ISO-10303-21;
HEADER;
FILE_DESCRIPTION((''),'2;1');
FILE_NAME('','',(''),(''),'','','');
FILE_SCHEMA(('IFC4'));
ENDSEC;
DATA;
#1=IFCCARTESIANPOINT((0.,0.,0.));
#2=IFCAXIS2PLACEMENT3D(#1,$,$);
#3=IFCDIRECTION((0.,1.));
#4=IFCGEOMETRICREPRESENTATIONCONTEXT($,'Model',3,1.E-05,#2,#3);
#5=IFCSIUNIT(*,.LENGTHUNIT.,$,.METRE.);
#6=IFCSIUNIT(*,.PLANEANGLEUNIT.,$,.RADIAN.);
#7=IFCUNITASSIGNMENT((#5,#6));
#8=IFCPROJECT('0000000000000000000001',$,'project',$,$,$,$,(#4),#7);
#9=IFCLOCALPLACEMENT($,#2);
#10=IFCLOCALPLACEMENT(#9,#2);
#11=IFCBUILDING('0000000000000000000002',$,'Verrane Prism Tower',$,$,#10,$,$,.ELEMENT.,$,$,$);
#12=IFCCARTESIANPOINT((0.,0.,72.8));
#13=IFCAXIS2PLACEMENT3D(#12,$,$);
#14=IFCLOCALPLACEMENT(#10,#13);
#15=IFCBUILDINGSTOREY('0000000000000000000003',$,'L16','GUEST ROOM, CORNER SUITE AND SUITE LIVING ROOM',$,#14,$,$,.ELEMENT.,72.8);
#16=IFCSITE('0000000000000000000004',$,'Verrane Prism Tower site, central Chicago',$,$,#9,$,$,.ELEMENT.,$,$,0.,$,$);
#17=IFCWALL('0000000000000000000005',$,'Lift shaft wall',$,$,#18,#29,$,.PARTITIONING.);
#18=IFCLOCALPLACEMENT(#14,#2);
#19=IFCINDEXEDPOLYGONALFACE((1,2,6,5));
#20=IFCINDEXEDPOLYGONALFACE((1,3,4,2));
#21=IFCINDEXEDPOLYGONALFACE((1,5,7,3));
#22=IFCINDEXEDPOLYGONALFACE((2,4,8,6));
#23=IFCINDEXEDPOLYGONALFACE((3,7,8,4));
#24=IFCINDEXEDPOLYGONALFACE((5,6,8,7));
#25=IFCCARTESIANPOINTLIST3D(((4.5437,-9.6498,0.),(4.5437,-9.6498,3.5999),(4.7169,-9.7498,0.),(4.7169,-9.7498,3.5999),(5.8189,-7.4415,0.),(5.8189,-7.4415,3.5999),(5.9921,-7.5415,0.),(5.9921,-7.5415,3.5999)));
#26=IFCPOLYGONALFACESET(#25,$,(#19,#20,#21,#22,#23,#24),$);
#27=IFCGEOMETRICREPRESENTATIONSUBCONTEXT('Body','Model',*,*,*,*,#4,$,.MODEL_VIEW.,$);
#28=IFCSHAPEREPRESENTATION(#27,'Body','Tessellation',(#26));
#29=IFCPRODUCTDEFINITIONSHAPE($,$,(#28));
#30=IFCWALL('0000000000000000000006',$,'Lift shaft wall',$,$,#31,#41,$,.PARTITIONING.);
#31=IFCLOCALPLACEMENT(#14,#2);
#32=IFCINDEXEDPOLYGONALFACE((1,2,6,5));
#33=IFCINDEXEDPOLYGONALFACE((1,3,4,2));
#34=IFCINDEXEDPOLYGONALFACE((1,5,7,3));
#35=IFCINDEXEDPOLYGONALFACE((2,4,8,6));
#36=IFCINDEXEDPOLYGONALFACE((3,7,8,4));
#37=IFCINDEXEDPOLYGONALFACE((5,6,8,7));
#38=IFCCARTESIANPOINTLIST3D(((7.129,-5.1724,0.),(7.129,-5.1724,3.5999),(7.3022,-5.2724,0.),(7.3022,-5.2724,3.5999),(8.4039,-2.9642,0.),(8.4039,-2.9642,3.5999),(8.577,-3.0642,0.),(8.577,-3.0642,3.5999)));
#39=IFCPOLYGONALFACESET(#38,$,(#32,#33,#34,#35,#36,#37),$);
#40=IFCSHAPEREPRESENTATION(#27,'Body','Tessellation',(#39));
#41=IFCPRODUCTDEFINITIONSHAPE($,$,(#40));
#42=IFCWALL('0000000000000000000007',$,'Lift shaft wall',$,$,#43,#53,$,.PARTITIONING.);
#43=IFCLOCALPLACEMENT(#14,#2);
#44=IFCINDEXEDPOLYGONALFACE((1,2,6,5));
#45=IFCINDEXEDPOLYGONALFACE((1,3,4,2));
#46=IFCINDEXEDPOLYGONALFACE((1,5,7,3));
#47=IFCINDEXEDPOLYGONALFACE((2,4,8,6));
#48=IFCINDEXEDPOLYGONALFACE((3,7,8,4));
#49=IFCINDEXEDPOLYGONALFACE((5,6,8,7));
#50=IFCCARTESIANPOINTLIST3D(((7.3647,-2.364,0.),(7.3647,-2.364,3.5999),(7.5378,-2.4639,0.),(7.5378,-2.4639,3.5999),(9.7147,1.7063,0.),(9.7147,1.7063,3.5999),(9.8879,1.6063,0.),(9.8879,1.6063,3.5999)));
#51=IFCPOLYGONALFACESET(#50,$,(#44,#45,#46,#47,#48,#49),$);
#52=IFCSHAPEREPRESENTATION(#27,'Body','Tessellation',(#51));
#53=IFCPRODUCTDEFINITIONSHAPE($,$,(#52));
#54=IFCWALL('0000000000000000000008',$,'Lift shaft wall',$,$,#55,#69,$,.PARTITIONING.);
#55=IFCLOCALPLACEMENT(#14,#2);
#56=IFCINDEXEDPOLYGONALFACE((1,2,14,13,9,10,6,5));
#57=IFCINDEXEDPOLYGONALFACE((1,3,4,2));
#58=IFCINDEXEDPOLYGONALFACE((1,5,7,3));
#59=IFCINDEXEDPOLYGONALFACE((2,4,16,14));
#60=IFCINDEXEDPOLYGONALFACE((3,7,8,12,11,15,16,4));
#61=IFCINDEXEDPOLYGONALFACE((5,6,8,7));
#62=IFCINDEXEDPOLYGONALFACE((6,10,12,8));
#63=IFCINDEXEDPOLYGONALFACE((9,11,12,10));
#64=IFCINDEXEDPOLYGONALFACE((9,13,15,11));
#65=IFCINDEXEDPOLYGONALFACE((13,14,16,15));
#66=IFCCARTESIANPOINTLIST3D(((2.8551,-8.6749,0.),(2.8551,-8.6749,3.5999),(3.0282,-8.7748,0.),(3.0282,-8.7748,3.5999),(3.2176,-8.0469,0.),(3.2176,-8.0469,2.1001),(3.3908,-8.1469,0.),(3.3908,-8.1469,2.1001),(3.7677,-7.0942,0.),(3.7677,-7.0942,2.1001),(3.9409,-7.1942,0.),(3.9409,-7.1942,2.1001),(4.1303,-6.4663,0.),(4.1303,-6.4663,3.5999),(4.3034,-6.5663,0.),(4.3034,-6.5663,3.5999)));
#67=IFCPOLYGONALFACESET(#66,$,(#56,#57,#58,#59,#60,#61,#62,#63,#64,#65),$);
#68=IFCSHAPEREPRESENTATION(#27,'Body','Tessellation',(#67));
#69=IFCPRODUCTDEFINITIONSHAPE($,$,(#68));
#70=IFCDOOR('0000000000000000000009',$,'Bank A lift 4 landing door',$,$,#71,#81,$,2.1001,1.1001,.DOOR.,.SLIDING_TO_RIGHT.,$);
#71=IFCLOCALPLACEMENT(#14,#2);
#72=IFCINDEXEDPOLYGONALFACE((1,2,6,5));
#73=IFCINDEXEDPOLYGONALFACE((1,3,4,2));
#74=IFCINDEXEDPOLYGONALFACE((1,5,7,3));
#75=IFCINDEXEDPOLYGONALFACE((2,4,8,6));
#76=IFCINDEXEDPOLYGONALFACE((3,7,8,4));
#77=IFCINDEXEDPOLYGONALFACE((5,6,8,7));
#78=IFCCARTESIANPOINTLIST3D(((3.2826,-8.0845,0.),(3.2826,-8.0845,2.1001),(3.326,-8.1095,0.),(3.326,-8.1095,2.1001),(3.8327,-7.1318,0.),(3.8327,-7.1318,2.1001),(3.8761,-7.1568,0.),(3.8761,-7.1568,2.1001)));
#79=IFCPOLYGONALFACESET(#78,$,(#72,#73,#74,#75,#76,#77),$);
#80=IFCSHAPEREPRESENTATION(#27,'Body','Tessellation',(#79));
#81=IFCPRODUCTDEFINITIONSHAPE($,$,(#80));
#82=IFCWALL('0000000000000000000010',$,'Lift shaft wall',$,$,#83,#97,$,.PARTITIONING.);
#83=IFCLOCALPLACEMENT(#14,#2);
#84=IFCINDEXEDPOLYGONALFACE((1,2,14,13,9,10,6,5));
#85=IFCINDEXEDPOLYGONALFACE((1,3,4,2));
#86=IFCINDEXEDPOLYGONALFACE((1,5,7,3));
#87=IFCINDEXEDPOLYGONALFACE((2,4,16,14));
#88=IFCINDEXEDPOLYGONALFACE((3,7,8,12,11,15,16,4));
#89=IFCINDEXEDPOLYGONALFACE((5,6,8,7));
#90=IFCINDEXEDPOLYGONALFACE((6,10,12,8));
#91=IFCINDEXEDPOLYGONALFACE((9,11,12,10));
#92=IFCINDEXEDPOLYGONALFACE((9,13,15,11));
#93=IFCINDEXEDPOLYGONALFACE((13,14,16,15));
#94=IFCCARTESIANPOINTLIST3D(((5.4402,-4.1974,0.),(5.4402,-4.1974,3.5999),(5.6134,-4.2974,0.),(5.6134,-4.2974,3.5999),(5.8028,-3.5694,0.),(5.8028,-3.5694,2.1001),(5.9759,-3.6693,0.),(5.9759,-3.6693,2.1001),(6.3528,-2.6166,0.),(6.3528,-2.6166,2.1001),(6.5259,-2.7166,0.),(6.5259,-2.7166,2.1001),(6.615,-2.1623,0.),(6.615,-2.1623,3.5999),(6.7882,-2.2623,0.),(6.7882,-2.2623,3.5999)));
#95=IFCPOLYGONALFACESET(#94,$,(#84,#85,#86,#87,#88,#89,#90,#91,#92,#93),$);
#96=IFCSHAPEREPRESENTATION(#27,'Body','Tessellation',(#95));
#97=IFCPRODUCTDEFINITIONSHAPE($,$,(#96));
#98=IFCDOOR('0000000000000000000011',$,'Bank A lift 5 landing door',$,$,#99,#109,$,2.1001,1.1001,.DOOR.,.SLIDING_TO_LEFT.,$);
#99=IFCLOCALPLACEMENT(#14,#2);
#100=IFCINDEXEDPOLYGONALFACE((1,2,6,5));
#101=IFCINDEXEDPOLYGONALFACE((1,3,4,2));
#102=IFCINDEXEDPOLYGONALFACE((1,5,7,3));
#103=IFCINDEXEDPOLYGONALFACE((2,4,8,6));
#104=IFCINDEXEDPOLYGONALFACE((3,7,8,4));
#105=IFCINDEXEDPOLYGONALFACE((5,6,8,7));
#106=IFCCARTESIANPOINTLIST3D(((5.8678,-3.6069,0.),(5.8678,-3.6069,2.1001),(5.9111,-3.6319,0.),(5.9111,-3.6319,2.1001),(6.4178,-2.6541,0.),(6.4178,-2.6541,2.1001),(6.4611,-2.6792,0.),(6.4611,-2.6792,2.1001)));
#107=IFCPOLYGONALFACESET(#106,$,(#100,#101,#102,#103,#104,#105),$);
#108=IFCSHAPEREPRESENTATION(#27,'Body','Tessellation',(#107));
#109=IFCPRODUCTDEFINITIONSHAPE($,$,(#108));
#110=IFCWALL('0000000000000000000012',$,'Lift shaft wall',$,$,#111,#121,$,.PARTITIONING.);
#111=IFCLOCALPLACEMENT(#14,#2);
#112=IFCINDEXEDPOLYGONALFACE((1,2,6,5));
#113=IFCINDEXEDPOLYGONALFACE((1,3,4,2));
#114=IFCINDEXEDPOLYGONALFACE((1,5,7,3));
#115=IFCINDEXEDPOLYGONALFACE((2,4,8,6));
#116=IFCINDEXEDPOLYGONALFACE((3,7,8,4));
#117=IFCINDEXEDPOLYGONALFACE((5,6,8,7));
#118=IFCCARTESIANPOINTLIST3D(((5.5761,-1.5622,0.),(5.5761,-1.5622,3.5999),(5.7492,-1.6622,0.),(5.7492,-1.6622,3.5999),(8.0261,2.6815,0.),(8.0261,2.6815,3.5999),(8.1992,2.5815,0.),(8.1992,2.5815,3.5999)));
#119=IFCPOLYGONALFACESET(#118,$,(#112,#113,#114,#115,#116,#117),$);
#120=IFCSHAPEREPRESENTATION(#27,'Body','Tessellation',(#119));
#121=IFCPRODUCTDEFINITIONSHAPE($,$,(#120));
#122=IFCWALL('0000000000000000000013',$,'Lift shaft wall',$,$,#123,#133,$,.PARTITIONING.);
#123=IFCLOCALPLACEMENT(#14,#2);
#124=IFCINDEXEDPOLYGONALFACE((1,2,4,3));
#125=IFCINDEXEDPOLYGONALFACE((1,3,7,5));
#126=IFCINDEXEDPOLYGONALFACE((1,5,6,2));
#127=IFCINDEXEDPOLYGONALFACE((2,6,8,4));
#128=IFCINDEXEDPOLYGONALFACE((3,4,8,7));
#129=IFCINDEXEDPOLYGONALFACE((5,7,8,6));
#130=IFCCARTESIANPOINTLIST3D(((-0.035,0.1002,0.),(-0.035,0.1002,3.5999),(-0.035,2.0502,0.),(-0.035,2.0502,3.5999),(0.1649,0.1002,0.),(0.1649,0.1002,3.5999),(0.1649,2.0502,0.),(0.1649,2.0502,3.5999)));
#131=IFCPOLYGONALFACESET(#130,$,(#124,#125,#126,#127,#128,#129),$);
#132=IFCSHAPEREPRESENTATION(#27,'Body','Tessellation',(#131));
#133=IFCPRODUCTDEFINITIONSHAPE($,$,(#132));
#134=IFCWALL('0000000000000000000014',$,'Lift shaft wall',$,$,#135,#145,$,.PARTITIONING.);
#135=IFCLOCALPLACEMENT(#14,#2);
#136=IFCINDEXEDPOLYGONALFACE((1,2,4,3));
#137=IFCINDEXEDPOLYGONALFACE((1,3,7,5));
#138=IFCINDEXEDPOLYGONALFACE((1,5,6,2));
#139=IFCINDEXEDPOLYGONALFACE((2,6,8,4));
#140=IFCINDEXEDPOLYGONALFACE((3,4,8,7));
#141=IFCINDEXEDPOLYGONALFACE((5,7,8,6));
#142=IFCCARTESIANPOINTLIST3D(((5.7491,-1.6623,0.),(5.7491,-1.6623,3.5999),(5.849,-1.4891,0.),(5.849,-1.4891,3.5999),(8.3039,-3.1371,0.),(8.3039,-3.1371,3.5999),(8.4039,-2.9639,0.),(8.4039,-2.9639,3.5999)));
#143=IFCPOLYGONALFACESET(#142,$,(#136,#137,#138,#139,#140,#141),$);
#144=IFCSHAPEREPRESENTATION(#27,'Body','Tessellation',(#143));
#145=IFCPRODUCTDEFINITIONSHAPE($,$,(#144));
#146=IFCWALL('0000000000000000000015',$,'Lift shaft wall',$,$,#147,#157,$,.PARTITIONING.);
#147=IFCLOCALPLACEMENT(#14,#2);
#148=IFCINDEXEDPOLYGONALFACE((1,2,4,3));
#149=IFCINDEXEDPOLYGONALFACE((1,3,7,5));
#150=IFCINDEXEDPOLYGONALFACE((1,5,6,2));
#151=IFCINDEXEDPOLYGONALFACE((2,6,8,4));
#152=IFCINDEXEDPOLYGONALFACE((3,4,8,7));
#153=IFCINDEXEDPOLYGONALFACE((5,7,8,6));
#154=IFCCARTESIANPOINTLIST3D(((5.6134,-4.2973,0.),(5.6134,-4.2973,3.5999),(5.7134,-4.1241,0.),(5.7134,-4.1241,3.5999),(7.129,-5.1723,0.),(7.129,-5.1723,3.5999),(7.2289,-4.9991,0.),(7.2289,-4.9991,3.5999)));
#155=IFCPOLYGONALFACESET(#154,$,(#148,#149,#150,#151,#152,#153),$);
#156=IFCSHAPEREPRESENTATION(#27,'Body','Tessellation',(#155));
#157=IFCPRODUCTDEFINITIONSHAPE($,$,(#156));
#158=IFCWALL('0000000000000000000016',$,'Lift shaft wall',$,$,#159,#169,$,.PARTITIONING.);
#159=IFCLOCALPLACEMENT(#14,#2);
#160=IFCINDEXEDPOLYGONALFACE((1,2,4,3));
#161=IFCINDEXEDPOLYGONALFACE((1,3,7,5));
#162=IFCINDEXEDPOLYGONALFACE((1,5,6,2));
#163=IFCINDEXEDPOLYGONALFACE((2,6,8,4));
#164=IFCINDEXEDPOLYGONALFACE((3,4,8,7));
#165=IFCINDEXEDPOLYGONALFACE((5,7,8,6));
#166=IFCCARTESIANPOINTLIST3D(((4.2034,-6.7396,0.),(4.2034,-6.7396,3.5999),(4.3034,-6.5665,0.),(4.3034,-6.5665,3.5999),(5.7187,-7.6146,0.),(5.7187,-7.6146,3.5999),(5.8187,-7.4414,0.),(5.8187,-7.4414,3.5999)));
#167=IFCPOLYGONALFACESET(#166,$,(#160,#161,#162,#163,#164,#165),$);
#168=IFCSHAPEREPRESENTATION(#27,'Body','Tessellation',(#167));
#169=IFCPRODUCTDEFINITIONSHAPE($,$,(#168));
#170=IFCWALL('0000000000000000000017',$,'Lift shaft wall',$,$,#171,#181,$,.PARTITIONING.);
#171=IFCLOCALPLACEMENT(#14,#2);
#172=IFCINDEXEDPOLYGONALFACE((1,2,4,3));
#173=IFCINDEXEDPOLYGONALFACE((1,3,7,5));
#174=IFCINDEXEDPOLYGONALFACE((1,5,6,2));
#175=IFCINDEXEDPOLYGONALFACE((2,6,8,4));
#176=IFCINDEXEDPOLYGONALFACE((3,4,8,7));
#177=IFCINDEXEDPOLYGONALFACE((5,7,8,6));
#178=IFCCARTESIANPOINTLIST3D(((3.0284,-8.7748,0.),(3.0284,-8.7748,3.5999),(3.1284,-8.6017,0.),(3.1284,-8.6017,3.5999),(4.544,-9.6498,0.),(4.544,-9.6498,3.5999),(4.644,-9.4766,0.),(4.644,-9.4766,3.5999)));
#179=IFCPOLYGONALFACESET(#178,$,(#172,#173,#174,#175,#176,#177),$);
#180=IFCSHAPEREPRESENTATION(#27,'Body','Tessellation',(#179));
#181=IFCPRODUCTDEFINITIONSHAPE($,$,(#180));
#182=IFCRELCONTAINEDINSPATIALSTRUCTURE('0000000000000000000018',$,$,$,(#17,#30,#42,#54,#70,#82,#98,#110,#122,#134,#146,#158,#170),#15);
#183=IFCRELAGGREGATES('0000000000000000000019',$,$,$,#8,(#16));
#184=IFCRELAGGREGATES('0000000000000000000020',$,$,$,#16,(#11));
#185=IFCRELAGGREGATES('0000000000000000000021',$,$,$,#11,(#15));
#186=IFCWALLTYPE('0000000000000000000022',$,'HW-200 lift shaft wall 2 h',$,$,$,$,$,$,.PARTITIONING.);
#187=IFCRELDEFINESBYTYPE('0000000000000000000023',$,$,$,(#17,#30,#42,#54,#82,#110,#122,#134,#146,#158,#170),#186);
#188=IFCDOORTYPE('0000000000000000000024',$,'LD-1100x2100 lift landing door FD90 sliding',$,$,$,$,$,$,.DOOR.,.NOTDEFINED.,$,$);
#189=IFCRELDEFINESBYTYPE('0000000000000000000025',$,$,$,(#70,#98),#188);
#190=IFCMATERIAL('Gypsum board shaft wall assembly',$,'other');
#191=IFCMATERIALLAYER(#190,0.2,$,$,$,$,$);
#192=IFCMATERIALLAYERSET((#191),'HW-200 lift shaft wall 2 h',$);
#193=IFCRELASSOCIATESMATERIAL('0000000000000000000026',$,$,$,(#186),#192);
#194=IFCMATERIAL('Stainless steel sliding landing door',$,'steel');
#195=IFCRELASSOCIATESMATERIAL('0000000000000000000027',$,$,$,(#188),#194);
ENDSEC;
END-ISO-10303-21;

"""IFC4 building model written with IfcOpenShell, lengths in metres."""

from ifc_helpers import new_model, si_unit, direction, frame, frame_2d, origin, place, context, subcontext, project, spatial, rectangle, extrude, material, layer, layer_set, type_object, element, fill, save


model = new_model("IFC4")

# Units and contexts
model_context = context("Model", 3, precision=1e-05, world=origin(), true_north=direction((0.0, 1.0)))
body_context = subcontext(model_context, "Body", "Model", "MODEL_VIEW")
ifc_project = project(units=[si_unit("LENGTHUNIT", "METRE"), si_unit("PLANEANGLEUNIT", "RADIAN")], contexts=[model_context])

# Site, building, storey
site_placement = place(None, origin())
site = spatial("IfcSite", under=ifc_project, at=site_placement, Name="Verrane Prism Tower site, central Chicago", CompositionType="ELEMENT", RefElevation=0.0)
building_placement = place(site_placement, origin())
building = spatial("IfcBuilding", under=site, at=building_placement, Name="Verrane Prism Tower", CompositionType="ELEMENT")
storey_placement = place(building_placement, frame((0.0, 0.0, 72.8)))
storey = spatial("IfcBuildingStorey", under=building, at=storey_placement, Name="L16", Description="GUEST ROOM, CORNER SUITE AND SUITE LIVING ROOM", CompositionType="ELEMENT", Elevation=72.8)

# Walls
ifc_material_1 = material(Name="Gypsum board shaft wall assembly", Category="other")
ifc_layer_1 = layer(ifc_material_1, 0.2)
ifc_layer_set_1 = layer_set([ifc_layer_1], Name="HW-200 lift shaft wall 2 h")
wall_type_1 = type_object("IfcWallType", Name="HW-200 lift shaft wall 2 h", PredefinedType="PARTITIONING", material=ifc_layer_set_1)
wall_1_placement = place(storey_placement, frame((4.6304, -9.6997, 0.0), z_axis=(0.0, 0.0, 1.0), x_axis=(0.500062, 0.865989, 0.0)))
element("IfcWall", 1, at=wall_1_placement, inside=storey, type_object=wall_type_1, Name="Lift shaft wall", PredefinedType="PARTITIONING", context=body_context, shape_type="SweptSolid", body=[
    extrude(rectangle(XDim=2.55, YDim=0.2, at=frame_2d((1.2749, 0.0))), origin(), (0.0, 0.0, 1.0), 3.5999),
])
wall_2_placement = place(storey_placement, frame((7.2156, -5.2224, 0.0), z_axis=(0.0, 0.0, 1.0), x_axis=(0.49999, 0.866031, 0.0)))
element("IfcWall", 2, at=wall_2_placement, inside=storey, type_object=wall_type_1, Name="Lift shaft wall", PredefinedType="PARTITIONING", context=body_context, shape_type="SweptSolid", body=[
    extrude(rectangle(XDim=2.5498, YDim=0.2, at=frame_2d((1.2749, 0.0))), origin(), (0.0, 0.0, 1.0), 3.5999),
])
wall_3_placement = place(storey_placement, frame((7.4512, -2.4141, 0.0), z_axis=(0.0, 0.0, 1.0), x_axis=(0.500016, 0.866016, 0.0)))
element("IfcWall", 3, at=wall_3_placement, inside=storey, type_object=wall_type_1, Name="Lift shaft wall", PredefinedType="PARTITIONING", context=body_context, shape_type="SweptSolid", body=[
    extrude(rectangle(XDim=4.7, YDim=0.2, at=frame_2d((2.3501, 0.0))), origin(), (0.0, 0.0, 1.0), 3.5999),
])

# Walls, openings, doors
wall_4_placement = place(storey_placement, frame((2.9417, -8.7249, 0.0), z_axis=(0.0, 0.0, 1.0), x_axis=(0.500021, 0.866013, 0.0)))
wall_4 = element("IfcWall", 4, at=wall_4_placement, inside=storey, type_object=wall_type_1, Name="Lift shaft wall", PredefinedType="PARTITIONING", context=body_context, shape_type="SweptSolid", body=[
    extrude(rectangle(XDim=2.5503, YDim=0.2, at=frame_2d((1.2751, 0.0))), origin(), (0.0, 0.0, 1.0), 3.5999),
])
opening_1_placement = place(wall_4_placement, frame((0.7251, 0.0, 0.0)))
opening_1 = element("IfcOpeningElement", 5, at=opening_1_placement, cuts=wall_4, PredefinedType="OPENING", context=body_context, shape_type="SweptSolid", body=[
    extrude(rectangle(XDim=1.1001, YDim=2.1001, at=frame_2d((0.55, 1.05))), frame((0.0, 0.1099, 0.0), z_axis=(0.0, -1.0, 0.0), x_axis=(1.0, 0.0, 0.0)), (0.0, 0.0, 1.0), 0.22),
])
ifc_material_2 = material(Name="Stainless steel sliding landing door", Category="steel")
door_type_1 = type_object("IfcDoorType", Name="LD-1100x2100 lift landing door FD90 sliding", OperationType="NOTDEFINED", PredefinedType="DOOR", material=ifc_material_2)
door_1_placement = place(opening_1_placement, origin())
door_1 = element("IfcDoor", 6, at=door_1_placement, inside=storey, type_object=door_type_1, Name="Bank A lift 4 landing door", OperationType="SLIDING_TO_RIGHT", OverallHeight=2.1001, OverallWidth=1.1001, PredefinedType="DOOR", context=body_context, shape_type="SweptSolid", body=[
    extrude(rectangle(XDim=1.1001, YDim=2.1001, at=frame_2d((0.55, 1.05))), frame((0.0, 0.0249, 0.0), z_axis=(0.0, -1.0, 0.0), x_axis=(1.0, 0.0, 0.0)), (0.0, 0.0, 1.0), 0.05),
])
fill(opening_1, door_1)
wall_5_placement = place(storey_placement, frame((5.5269, -4.2473, 0.0), z_axis=(0.0, 0.0, 1.0), x_axis=(0.499938, 0.866061, 0.0)))
wall_5 = element("IfcWall", 7, at=wall_5_placement, inside=storey, type_object=wall_type_1, Name="Lift shaft wall", PredefinedType="PARTITIONING", context=body_context, shape_type="SweptSolid", body=[
    extrude(rectangle(XDim=2.3499, YDim=0.2, at=frame_2d((1.1748, 0.0))), origin(), (0.0, 0.0, 1.0), 3.5999),
])
opening_2_placement = place(wall_5_placement, frame((0.7251, 0.0, 0.0)))
opening_2 = element("IfcOpeningElement", 8, at=opening_2_placement, cuts=wall_5, PredefinedType="OPENING", context=body_context, shape_type="SweptSolid", body=[
    extrude(rectangle(XDim=1.1001, YDim=2.1001, at=frame_2d((0.55, 1.05))), frame((0.0, 0.1099, 0.0), z_axis=(0.0, -1.0, 0.0), x_axis=(1.0, 0.0, 0.0)), (0.0, 0.0, 1.0), 0.22),
])
door_2_placement = place(opening_2_placement, origin())
door_2 = element("IfcDoor", 9, at=door_2_placement, inside=storey, type_object=door_type_1, Name="Bank A lift 5 landing door", OperationType="SLIDING_TO_LEFT", OverallHeight=2.1001, OverallWidth=1.1001, PredefinedType="DOOR", context=body_context, shape_type="SweptSolid", body=[
    extrude(rectangle(XDim=1.1001, YDim=2.1001, at=frame_2d((0.55, 1.05))), frame((0.0, 0.0249, 0.0), z_axis=(0.0, -1.0, 0.0), x_axis=(1.0, 0.0, 0.0)), (0.0, 0.0, 1.0), 0.05),
])
fill(opening_2, door_2)

# Walls
wall_6_placement = place(storey_placement, frame((5.6626, -1.6123, 0.0), z_axis=(0.0, 0.0, 1.0), x_axis=(0.499981, 0.866036, 0.0)))
element("IfcWall", 10, at=wall_6_placement, inside=storey, type_object=wall_type_1, Name="Lift shaft wall", PredefinedType="PARTITIONING", context=body_context, shape_type="SweptSolid", body=[
    extrude(rectangle(XDim=4.9001, YDim=0.2, at=frame_2d((2.4502, 0.0))), origin(), (0.0, 0.0, 1.0), 3.5999),
])
wall_7_placement = place(storey_placement, frame((0.0649, 0.1001, 0.0), z_axis=(0.0, 0.0, 1.0), x_axis=(0.0, 1.0, 0.0)))
element("IfcWall", 11, at=wall_7_placement, inside=storey, type_object=wall_type_1, Name="Lift shaft wall", PredefinedType="PARTITIONING", context=body_context, shape_type="SweptSolid", body=[
    extrude(rectangle(XDim=1.95, YDim=0.2, at=frame_2d((0.9751, 0.0))), origin(), (0.0, 0.0, 1.0), 3.5999),
])
wall_8_placement = place(storey_placement, frame((8.354, -3.0505, 0.0), z_axis=(0.0, 0.0, 1.0), x_axis=(-0.86606, 0.49994, 0.0)))
element("IfcWall", 12, at=wall_8_placement, inside=storey, type_object=wall_type_1, Name="Lift shaft wall", PredefinedType="PARTITIONING", context=body_context, shape_type="SweptSolid", body=[
    extrude(rectangle(XDim=2.95, YDim=0.2, at=frame_2d((1.4751, 0.0))), origin(), (0.0, 0.0, 1.0), 3.5999),
])
wall_9_placement = place(storey_placement, frame((7.179, -5.0857, 0.0), z_axis=(0.0, 0.0, 1.0), x_axis=(-0.866037, 0.49998, 0.0)))
element("IfcWall", 13, at=wall_9_placement, inside=storey, type_object=wall_type_1, Name="Lift shaft wall", PredefinedType="PARTITIONING", context=body_context, shape_type="SweptSolid", body=[
    extrude(rectangle(XDim=1.75, YDim=0.2, at=frame_2d((0.875, 0.0))), origin(), (0.0, 0.0, 1.0), 3.5999),
])
wall_10_placement = place(storey_placement, frame((5.7688, -7.5281, 0.0), z_axis=(0.0, 0.0, 1.0), x_axis=(-0.866002, 0.50004, 0.0)))
element("IfcWall", 14, at=wall_10_placement, inside=storey, type_object=wall_type_1, Name="Lift shaft wall", PredefinedType="PARTITIONING", context=body_context, shape_type="SweptSolid", body=[
    extrude(rectangle(XDim=1.7498, YDim=0.2, at=frame_2d((0.875, 0.0))), origin(), (0.0, 0.0, 1.0), 3.5999),
])
wall_11_placement = place(storey_placement, frame((4.594, -9.5632, 0.0), z_axis=(0.0, 0.0, 1.0), x_axis=(-0.866037, 0.49998, 0.0)))
element("IfcWall", 15, at=wall_11_placement, inside=storey, type_object=wall_type_1, Name="Lift shaft wall", PredefinedType="PARTITIONING", context=body_context, shape_type="SweptSolid", body=[
    extrude(rectangle(XDim=1.75, YDim=0.2, at=frame_2d((0.875, 0.0))), origin(), (0.0, 0.0, 1.0), 3.5999),
])

save(model, "model.ifc")
